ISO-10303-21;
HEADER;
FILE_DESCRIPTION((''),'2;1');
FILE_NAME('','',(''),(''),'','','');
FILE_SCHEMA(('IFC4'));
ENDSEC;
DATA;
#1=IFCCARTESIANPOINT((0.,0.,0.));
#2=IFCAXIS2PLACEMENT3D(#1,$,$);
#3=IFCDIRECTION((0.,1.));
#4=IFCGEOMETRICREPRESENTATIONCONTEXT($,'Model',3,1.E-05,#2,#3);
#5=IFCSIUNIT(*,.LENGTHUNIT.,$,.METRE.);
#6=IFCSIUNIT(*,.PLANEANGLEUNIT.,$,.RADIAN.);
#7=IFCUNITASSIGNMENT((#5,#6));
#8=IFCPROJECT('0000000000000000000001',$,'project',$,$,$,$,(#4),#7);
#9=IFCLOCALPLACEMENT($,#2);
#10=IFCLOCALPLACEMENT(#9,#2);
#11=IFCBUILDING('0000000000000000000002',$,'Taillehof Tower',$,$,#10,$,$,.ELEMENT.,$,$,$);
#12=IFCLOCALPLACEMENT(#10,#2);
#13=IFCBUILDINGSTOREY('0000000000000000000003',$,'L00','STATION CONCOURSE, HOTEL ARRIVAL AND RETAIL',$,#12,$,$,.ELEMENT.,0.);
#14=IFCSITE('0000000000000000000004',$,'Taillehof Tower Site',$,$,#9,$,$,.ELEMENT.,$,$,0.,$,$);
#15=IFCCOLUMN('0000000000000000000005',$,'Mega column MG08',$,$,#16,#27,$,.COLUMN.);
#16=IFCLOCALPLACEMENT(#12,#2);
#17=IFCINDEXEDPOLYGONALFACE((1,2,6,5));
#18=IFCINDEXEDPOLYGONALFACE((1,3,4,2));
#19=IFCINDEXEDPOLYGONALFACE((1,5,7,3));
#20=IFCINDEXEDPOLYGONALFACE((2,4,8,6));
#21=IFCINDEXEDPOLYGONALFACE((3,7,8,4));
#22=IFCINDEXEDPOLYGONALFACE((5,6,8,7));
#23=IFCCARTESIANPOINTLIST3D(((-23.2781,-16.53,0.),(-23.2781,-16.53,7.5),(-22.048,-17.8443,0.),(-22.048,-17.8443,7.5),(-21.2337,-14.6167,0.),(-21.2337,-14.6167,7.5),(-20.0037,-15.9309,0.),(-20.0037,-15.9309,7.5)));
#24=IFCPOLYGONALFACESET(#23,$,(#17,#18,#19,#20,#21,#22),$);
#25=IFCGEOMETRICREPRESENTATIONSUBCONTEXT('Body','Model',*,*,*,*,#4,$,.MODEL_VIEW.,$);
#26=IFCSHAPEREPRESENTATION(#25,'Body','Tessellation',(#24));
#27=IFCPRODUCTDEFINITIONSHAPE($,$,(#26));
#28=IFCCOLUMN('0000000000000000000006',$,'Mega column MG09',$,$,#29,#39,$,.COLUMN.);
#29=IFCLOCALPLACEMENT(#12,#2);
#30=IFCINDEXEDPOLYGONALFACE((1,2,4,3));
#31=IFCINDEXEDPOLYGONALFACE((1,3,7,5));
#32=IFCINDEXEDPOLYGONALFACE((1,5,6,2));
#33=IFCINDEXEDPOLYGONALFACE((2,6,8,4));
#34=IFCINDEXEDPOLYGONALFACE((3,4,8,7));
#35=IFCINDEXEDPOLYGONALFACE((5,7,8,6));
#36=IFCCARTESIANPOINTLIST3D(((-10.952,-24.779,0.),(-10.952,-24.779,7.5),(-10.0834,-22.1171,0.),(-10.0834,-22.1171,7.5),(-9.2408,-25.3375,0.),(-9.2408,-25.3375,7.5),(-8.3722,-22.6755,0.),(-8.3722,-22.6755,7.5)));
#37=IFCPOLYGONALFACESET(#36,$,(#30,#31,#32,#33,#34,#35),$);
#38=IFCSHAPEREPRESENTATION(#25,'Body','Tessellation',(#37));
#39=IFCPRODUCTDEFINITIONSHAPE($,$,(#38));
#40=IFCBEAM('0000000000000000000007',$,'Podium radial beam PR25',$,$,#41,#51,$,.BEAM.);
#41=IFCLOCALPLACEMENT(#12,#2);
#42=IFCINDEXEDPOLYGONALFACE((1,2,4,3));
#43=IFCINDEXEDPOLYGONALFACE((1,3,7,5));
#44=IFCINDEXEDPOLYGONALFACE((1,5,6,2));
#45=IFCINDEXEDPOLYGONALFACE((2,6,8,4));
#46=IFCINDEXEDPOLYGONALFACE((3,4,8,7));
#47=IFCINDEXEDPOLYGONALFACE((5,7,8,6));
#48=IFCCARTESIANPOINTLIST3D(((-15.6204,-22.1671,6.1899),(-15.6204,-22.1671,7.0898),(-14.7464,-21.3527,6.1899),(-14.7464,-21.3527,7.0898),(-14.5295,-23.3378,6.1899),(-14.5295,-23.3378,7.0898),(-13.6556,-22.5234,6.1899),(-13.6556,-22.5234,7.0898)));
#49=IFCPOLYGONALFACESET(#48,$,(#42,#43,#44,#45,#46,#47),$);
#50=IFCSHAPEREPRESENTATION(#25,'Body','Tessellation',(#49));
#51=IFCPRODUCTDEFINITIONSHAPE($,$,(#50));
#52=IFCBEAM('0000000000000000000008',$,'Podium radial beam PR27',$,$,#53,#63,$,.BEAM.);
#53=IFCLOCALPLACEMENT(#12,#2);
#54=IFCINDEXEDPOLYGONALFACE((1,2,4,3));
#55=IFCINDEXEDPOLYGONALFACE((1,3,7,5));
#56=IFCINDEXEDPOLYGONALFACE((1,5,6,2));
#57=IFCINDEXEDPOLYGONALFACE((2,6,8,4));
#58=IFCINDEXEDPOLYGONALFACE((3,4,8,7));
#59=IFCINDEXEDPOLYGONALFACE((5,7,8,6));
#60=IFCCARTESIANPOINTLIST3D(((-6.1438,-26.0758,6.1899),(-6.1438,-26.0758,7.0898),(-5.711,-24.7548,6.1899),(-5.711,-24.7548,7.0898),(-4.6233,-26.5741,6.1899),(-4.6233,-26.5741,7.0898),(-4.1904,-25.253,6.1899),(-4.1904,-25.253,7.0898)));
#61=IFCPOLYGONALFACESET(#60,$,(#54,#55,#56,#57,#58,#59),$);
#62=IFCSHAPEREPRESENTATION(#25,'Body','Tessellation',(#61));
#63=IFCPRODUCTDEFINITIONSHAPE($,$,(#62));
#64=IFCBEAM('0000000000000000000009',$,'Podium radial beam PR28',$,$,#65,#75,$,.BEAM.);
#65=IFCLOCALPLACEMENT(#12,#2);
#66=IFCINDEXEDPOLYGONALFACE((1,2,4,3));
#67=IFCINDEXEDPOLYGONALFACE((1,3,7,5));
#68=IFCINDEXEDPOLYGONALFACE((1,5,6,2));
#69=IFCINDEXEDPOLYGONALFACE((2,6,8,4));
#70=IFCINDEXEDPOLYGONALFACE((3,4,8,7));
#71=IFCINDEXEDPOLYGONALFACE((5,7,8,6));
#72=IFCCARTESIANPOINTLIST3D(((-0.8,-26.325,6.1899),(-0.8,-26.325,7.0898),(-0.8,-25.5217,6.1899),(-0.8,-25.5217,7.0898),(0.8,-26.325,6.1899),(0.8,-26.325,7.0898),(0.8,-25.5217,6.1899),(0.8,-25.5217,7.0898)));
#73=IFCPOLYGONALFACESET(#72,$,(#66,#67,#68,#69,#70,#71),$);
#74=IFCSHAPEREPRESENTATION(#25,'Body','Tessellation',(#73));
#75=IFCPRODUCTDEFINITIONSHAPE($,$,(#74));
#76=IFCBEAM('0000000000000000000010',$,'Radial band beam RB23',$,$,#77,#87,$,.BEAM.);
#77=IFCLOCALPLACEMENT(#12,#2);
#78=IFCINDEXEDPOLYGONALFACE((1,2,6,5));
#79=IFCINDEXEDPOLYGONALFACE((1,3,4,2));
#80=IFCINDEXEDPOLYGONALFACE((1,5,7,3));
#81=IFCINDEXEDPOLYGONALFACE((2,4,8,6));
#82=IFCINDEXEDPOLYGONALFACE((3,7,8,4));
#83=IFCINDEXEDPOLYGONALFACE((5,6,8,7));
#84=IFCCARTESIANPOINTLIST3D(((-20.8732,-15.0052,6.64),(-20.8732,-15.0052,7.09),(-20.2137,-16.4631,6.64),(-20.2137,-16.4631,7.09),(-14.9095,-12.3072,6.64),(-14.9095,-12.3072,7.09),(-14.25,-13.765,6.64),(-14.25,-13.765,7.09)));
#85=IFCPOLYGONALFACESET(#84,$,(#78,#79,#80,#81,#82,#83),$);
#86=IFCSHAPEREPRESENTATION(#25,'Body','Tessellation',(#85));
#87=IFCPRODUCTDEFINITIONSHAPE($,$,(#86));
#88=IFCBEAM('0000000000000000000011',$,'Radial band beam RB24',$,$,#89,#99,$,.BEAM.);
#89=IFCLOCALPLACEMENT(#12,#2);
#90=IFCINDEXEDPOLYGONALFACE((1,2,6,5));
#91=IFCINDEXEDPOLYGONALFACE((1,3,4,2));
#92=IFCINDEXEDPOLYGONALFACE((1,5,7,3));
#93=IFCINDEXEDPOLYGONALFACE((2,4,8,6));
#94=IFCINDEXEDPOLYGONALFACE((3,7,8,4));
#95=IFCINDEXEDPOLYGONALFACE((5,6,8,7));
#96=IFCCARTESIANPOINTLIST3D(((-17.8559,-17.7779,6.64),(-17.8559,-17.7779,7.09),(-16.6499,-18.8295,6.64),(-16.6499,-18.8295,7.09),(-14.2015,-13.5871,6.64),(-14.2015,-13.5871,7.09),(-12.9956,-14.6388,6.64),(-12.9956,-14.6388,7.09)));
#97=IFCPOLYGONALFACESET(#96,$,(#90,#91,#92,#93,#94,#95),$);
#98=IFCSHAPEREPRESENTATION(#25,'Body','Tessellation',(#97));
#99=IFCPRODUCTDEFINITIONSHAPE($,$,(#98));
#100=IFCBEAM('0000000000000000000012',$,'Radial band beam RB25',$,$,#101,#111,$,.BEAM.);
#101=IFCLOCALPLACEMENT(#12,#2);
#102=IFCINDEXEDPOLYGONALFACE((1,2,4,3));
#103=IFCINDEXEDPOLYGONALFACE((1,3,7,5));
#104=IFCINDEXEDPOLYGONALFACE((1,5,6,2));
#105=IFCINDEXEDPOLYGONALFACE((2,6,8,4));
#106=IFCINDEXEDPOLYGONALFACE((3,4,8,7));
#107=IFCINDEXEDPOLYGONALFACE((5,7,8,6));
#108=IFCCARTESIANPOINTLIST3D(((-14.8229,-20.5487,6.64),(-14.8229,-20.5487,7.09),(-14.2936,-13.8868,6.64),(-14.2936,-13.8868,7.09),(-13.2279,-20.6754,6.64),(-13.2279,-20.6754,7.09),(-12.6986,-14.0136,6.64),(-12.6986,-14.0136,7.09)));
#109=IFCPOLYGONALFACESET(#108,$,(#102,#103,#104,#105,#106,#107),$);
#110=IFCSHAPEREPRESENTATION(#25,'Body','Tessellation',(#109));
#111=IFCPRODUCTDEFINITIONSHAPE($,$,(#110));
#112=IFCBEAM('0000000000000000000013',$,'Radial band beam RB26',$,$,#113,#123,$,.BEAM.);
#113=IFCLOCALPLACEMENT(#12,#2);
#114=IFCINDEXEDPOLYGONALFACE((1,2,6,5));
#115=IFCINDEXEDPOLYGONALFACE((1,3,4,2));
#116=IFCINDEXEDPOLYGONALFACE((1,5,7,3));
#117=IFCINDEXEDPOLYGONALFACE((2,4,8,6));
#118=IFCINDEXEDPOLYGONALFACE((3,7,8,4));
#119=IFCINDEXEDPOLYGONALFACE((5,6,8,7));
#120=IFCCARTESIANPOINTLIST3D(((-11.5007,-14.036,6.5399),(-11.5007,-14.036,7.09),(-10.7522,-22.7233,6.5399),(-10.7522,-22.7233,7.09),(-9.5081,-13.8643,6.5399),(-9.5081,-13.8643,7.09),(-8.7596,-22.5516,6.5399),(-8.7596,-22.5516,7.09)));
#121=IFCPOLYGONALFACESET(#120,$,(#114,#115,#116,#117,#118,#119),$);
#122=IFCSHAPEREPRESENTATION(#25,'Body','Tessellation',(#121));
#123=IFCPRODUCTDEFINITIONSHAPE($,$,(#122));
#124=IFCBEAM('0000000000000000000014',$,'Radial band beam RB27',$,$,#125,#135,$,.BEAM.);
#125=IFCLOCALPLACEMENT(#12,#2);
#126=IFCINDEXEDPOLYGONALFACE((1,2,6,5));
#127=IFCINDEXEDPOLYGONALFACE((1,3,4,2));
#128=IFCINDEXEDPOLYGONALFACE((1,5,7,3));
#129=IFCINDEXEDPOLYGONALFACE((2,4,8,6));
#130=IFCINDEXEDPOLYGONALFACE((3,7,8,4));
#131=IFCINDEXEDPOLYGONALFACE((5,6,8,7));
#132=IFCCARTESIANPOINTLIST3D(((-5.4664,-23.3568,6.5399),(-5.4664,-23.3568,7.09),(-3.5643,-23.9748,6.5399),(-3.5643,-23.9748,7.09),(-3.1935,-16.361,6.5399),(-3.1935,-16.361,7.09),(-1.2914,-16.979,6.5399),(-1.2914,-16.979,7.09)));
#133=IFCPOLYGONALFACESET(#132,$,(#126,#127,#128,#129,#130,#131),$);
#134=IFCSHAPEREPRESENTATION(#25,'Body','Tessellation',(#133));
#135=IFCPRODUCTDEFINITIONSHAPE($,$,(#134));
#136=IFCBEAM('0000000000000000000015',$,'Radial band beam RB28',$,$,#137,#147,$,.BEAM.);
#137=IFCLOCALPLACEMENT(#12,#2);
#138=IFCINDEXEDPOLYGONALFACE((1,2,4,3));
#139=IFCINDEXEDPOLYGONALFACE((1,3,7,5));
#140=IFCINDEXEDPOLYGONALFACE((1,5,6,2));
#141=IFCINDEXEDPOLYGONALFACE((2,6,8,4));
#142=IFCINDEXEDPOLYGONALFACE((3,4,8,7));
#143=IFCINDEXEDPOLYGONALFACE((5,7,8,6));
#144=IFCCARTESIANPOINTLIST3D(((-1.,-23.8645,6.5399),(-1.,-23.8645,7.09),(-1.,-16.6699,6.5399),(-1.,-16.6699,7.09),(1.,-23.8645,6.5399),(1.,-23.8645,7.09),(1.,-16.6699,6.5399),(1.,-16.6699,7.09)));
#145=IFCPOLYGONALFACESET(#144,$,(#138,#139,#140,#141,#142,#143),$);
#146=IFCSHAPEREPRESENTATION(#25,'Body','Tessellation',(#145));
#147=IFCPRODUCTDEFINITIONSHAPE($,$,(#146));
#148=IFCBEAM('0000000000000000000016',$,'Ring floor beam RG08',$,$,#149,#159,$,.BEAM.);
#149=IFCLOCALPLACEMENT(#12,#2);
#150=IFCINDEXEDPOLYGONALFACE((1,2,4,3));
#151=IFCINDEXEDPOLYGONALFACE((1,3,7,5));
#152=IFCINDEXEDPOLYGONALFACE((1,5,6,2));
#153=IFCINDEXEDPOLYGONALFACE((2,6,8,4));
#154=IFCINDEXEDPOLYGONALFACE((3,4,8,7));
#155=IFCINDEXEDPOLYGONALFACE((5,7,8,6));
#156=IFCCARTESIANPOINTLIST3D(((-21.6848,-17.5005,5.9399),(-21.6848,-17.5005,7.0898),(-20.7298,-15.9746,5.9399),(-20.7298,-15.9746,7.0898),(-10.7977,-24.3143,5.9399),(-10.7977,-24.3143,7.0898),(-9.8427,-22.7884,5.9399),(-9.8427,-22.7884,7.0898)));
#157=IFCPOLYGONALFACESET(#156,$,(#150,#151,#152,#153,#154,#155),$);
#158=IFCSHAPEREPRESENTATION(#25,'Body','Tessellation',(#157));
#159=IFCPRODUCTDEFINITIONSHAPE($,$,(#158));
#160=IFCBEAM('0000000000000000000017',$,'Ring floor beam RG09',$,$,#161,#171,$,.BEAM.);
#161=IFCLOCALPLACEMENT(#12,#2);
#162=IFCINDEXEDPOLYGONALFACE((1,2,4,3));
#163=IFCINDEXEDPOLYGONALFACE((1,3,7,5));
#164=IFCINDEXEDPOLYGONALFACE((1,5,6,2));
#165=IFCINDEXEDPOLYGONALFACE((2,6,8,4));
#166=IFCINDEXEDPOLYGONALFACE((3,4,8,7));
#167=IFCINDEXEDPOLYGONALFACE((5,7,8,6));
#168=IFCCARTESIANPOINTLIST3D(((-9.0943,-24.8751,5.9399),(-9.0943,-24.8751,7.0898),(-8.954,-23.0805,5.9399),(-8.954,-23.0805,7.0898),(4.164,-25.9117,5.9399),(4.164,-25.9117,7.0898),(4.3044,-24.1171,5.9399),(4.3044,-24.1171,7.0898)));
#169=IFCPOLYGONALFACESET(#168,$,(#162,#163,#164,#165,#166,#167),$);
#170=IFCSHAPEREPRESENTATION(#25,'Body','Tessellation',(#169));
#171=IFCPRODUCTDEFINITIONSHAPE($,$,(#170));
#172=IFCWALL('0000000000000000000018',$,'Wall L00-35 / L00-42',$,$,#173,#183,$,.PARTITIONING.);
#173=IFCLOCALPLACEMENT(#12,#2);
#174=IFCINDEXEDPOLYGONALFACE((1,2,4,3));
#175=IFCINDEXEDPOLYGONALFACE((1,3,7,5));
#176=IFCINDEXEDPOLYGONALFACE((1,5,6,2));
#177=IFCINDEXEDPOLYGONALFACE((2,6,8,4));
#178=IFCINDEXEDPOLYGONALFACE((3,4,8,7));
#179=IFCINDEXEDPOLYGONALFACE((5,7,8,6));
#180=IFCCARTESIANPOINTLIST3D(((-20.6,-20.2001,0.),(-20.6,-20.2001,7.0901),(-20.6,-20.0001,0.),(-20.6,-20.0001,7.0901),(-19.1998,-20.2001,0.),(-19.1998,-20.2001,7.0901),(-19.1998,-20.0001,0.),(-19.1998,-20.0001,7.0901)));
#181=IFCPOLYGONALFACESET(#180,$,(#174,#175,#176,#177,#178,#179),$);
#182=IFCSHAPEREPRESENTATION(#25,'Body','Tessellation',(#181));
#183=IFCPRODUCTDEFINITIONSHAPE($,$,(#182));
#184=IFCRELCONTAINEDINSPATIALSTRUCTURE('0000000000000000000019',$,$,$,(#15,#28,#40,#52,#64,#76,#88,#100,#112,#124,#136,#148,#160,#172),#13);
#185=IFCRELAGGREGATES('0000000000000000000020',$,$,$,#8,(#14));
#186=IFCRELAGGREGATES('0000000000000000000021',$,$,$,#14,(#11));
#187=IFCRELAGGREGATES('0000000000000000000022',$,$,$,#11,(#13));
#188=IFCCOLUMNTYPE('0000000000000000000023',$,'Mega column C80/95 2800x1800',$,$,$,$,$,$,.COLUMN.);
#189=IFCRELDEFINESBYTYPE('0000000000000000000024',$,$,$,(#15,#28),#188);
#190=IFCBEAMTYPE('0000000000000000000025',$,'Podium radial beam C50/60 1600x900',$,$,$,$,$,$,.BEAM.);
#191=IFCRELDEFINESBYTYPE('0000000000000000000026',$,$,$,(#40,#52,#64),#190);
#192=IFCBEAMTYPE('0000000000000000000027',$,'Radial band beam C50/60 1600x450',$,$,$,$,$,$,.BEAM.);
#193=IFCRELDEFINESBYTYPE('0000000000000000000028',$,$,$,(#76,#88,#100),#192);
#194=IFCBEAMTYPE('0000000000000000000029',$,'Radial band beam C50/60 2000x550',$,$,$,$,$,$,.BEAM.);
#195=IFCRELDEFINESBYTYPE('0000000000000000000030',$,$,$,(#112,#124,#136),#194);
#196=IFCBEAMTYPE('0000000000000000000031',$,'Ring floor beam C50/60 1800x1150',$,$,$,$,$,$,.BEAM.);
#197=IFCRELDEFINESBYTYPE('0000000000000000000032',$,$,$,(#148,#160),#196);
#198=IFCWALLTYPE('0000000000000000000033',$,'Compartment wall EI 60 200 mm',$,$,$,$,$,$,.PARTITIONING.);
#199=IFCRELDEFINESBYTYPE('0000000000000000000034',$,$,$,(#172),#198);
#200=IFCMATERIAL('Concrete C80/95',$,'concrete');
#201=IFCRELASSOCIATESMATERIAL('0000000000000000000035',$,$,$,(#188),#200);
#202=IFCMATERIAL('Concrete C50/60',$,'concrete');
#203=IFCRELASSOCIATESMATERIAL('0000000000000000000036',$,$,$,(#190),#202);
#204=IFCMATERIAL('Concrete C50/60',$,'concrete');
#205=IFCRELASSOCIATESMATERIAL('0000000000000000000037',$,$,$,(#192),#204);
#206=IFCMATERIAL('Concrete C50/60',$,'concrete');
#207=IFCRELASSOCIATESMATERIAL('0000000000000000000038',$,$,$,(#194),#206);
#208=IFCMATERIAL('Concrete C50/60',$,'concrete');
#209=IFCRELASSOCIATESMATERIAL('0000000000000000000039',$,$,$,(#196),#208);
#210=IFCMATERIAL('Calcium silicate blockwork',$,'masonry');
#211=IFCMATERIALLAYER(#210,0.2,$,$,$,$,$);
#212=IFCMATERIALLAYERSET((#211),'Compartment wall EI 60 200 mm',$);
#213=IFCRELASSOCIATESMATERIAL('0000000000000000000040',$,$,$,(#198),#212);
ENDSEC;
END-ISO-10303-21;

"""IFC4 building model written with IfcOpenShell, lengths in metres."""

from ifc_helpers import new_model, si_unit, direction, frame, frame_2d, origin, origin_2d, place, context, subcontext, project, spatial, rectangle, extrude, material, layer, layer_set, material_profile, profile_set, type_object, element, save


model = new_model("IFC4")

# Units and contexts
model_context = context("Model", 3, precision=1e-05, world=origin(), true_north=direction((0.0, 1.0)))
body_context = subcontext(model_context, "Body", "Model", "MODEL_VIEW")
ifc_project = project(units=[si_unit("LENGTHUNIT", "METRE"), si_unit("PLANEANGLEUNIT", "RADIAN")], contexts=[model_context])

# Site, building, storey
site_placement = place(None, origin())
site = spatial("IfcSite", under=ifc_project, at=site_placement, Name="Taillehof Tower Site", CompositionType="ELEMENT", RefElevation=0.0)
building_placement = place(site_placement, origin())
building = spatial("IfcBuilding", under=site, at=building_placement, Name="Taillehof Tower", CompositionType="ELEMENT")
storey_placement = place(building_placement, origin())
storey = spatial("IfcBuildingStorey", under=building, at=storey_placement, Name="L00", Description="STATION CONCOURSE, HOTEL ARRIVAL AND RETAIL", CompositionType="ELEMENT", Elevation=0.0)

# Columns
ifc_material_1 = material(Name="Concrete C80/95", Category="concrete")
ifc_material_profile_1 = material_profile(ifc_material_1, rectangle(XDim=2.8, YDim=1.8, at=origin_2d()), Name="RC 2800x1800")
ifc_profile_set_1 = profile_set([ifc_material_profile_1], Name="Concrete C80/95")
column_type = type_object("IfcColumnType", Name="Mega column C80/95 2800x1800", PredefinedType="COLUMN", material=ifc_profile_set_1)
for number, where, z_axis, x_axis, name in (
    (1, (-21.6409, -16.2305, 0.0), (0.0, 0.0, 1.0), (-0.730113, -0.683326, 0.0), "Mega column MG08"),
    (2, (-9.6621, -23.7273, 0.0), (0.0, 0.0, 1.0), (-0.310219, -0.950665, 0.0), "Mega column MG09"),
):
    element("IfcColumn", number, at=place(storey_placement, frame(where, z_axis=z_axis, x_axis=x_axis)), inside=storey, type_object=column_type, Name=name, PredefinedType="COLUMN", context=body_context, shape_type="SweptSolid", body=[
        extrude(rectangle(XDim=2.8, YDim=1.8, at=origin_2d()), origin(), (0.0, 0.0, 1.0), 7.5),
    ])

# Beams
ifc_material_2 = material(Name="Concrete C50/60", Category="concrete")
ifc_material_profile_2 = material_profile(ifc_material_2, rectangle(XDim=1.6001, YDim=0.8999, at=origin_2d()), Name="RC 1600x900")
ifc_profile_set_2 = profile_set([ifc_material_profile_2], Name="Concrete C50/60")
beam_type_1 = type_object("IfcBeamType", Name="Podium radial beam C50/60 1600x900", PredefinedType="BEAM", material=ifc_profile_set_2)
beam_1_placement = place(storey_placement, frame((-15.075, -22.7524, 6.6399), z_axis=(0.731599, 0.681736, 0.0), x_axis=(-0.681736, 0.731599, 0.0)))
element("IfcBeam", 3, at=beam_1_placement, inside=storey, type_object=beam_type_1, Name="Podium radial beam PR25", PredefinedType="BEAM", context=body_context, shape_type="SweptSolid", body=[
    extrude(rectangle(XDim=1.6001, YDim=0.8999, at=origin_2d()), origin(), (0.0, 0.0, 1.0), 1.1946),
])
beam_2_placement = place(storey_placement, frame((-5.3835, -26.325, 6.6399), z_axis=(0.311376, 0.950287, 0.0), x_axis=(-0.950287, 0.311376, 0.0)))
element("IfcBeam", 4, at=beam_2_placement, inside=storey, type_object=beam_type_1, Name="Podium radial beam PR27", PredefinedType="BEAM", context=body_context, shape_type="SweptSolid", body=[
    extrude(rectangle(XDim=1.6001, YDim=0.8999, at=origin_2d()), origin(), (0.0, 0.0, 1.0), 1.3901),
])
beam_3_placement = place(storey_placement, frame((0.0, -26.325, 6.6399), z_axis=(0.0, 1.0, 0.0), x_axis=(-1.0, 0.0, 0.0)))
element("IfcBeam", 5, at=beam_3_placement, inside=storey, type_object=beam_type_1, Name="Podium radial beam PR28", PredefinedType="BEAM", context=body_context, shape_type="SweptSolid", body=[
    extrude(rectangle(XDim=1.6001, YDim=0.8999, at=origin_2d()), origin(), (0.0, 0.0, 1.0), 0.8032),
])
ifc_material_3 = material(Name="Concrete C50/60", Category="concrete")
ifc_material_profile_3 = material_profile(ifc_material_3, rectangle(XDim=1.6001, YDim=0.45, at=origin_2d()), Name="RC 1600x450")
ifc_profile_set_3 = profile_set([ifc_material_profile_3], Name="Concrete C50/60")
beam_type_2 = type_object("IfcBeamType", Name="Radial band beam C50/60 1600x450", PredefinedType="BEAM", material=ifc_profile_set_3)
beam_4_placement = place(storey_placement, frame((-20.5435, -15.7341, 6.865), z_axis=(0.911098, 0.412189, 0.0), x_axis=(-0.412189, 0.911098, 0.0)))
element("IfcBeam", 6, at=beam_4_placement, inside=storey, type_object=beam_type_2, Name="Radial band beam RB23", PredefinedType="BEAM", context=body_context, shape_type="SweptSolid", body=[
    extrude(rectangle(XDim=1.6001, YDim=0.45, at=origin_2d()), origin(), (0.0, 0.0, 1.0), 6.5457),
])
beam_5_placement = place(storey_placement, frame((-17.2529, -18.3037, 6.865), z_axis=(0.657226, 0.753694, 0.0), x_axis=(-0.753694, 0.657226, 0.0)))
element("IfcBeam", 7, at=beam_5_placement, inside=storey, type_object=beam_type_2, Name="Radial band beam RB24", PredefinedType="BEAM", context=body_context, shape_type="SweptSolid", body=[
    extrude(rectangle(XDim=1.6001, YDim=0.45, at=origin_2d()), origin(), (0.0, 0.0, 1.0), 5.5603),
])
beam_6_placement = place(storey_placement, frame((-14.0254, -20.6121, 6.865), z_axis=(0.079202, 0.996859, 0.0), x_axis=(-0.996859, 0.079202, 0.0)))
element("IfcBeam", 8, at=beam_6_placement, inside=storey, type_object=beam_type_2, Name="Radial band beam RB25", PredefinedType="BEAM", context=body_context, shape_type="SweptSolid", body=[
    extrude(rectangle(XDim=1.6001, YDim=0.45, at=origin_2d()), origin(), (0.0, 0.0, 1.0), 6.6829),
])
ifc_material_4 = material(Name="Concrete C50/60", Category="concrete")
ifc_material_profile_4 = material_profile(ifc_material_4, rectangle(XDim=2.0, YDim=0.55, at=origin_2d()), Name="RC 2000x550")
ifc_profile_set_4 = profile_set([ifc_material_profile_4], Name="Concrete C50/60")
beam_type_3 = type_object("IfcBeamType", Name="Radial band beam C50/60 2000x550", PredefinedType="BEAM", material=ifc_profile_set_4)
beam_7_placement = place(storey_placement, frame((-9.7559, -22.6375, 6.8149), z_axis=(-0.085847, 0.996308, 0.0), x_axis=(-0.996308, -0.085847, 0.0)))
element("IfcBeam", 9, at=beam_7_placement, inside=storey, type_object=beam_type_3, Name="Radial band beam RB26", PredefinedType="BEAM", context=body_context, shape_type="SweptSolid", body=[
    extrude(rectangle(XDim=2.0, YDim=0.55, at=origin_2d()), origin(), (0.0, 0.0, 1.0), 8.7195),
])
beam_8_placement = place(storey_placement, frame((-4.5154, -23.6658, 6.8149), z_axis=(0.309, 0.951062, 0.0), x_axis=(-0.951062, 0.309, 0.0)))
element("IfcBeam", 10, at=beam_8_placement, inside=storey, type_object=beam_type_3, Name="Radial band beam RB27", PredefinedType="BEAM", context=body_context, shape_type="SweptSolid", body=[
    extrude(rectangle(XDim=2.0, YDim=0.55, at=origin_2d()), origin(), (0.0, 0.0, 1.0), 7.3557),
])
beam_9_placement = place(storey_placement, frame((0.0, -23.8645, 6.8149), z_axis=(0.0, 1.0, 0.0), x_axis=(-1.0, 0.0, 0.0)))
element("IfcBeam", 11, at=beam_9_placement, inside=storey, type_object=beam_type_3, Name="Radial band beam RB28", PredefinedType="BEAM", context=body_context, shape_type="SweptSolid", body=[
    extrude(rectangle(XDim=2.0, YDim=0.55, at=origin_2d()), origin(), (0.0, 0.0, 1.0), 7.1946),
])
ifc_material_5 = material(Name="Concrete C50/60", Category="concrete")
ifc_material_profile_5 = material_profile(ifc_material_5, rectangle(XDim=1.8, YDim=1.1499, at=origin_2d()), Name="RC 1800x1150")
ifc_profile_set_5 = profile_set([ifc_material_profile_5], Name="Concrete C50/60")
beam_type_4 = type_object("IfcBeamType", Name="Ring floor beam C50/60 1800x1150", PredefinedType="BEAM", material=ifc_profile_set_5)
beam_10_placement = place(storey_placement, frame((-21.2073, -16.7375, 6.5149), z_axis=(0.84767, -0.530523, 0.0), x_axis=(0.530523, 0.84767, 0.0)))
element("IfcBeam", 12, at=beam_10_placement, inside=storey, type_object=beam_type_4, Name="Ring floor beam RG08", PredefinedType="BEAM", context=body_context, shape_type="SweptSolid", body=[
    extrude(rectangle(XDim=1.8, YDim=1.1499, at=origin_2d()), origin(), (0.0, 0.0, 1.0), 12.8435),
])
beam_11_placement = place(storey_placement, frame((-9.0242, -23.9778, 6.5149), z_axis=(0.996957, -0.077949, 0.0), x_axis=(0.077949, 0.996957, 0.0)))
element("IfcBeam", 13, at=beam_11_placement, inside=storey, type_object=beam_type_4, Name="Ring floor beam RG09", PredefinedType="BEAM", context=body_context, shape_type="SweptSolid", body=[
    extrude(rectangle(XDim=1.8, YDim=1.1499, at=origin_2d()), origin(), (0.0, 0.0, 1.0), 13.2988),
])

# Wall
ifc_material_6 = material(Name="Calcium silicate blockwork", Category="masonry")
ifc_layer_1 = layer(ifc_material_6, 0.2)
ifc_layer_set_1 = layer_set([ifc_layer_1], Name="Compartment wall EI 60 200 mm")
wall_type_1 = type_object("IfcWallType", Name="Compartment wall EI 60 200 mm", PredefinedType="PARTITIONING", material=ifc_layer_set_1)
wall_1_placement = place(storey_placement, frame((-20.6001, -20.1001, 0.0), z_axis=(0.0, 0.0, 1.0), x_axis=(1.0, 0.0, 0.0)))
element("IfcWall", 14, at=wall_1_placement, inside=storey, type_object=wall_type_1, Name="Wall L00-35 / L00-42", PredefinedType="PARTITIONING", context=body_context, shape_type="SweptSolid", body=[
    extrude(rectangle(XDim=1.4001, YDim=0.2, at=frame_2d((0.7002, 0.0))), origin(), (0.0, 0.0, 1.0), 7.0901),
])

save(model, "model.ifc")
